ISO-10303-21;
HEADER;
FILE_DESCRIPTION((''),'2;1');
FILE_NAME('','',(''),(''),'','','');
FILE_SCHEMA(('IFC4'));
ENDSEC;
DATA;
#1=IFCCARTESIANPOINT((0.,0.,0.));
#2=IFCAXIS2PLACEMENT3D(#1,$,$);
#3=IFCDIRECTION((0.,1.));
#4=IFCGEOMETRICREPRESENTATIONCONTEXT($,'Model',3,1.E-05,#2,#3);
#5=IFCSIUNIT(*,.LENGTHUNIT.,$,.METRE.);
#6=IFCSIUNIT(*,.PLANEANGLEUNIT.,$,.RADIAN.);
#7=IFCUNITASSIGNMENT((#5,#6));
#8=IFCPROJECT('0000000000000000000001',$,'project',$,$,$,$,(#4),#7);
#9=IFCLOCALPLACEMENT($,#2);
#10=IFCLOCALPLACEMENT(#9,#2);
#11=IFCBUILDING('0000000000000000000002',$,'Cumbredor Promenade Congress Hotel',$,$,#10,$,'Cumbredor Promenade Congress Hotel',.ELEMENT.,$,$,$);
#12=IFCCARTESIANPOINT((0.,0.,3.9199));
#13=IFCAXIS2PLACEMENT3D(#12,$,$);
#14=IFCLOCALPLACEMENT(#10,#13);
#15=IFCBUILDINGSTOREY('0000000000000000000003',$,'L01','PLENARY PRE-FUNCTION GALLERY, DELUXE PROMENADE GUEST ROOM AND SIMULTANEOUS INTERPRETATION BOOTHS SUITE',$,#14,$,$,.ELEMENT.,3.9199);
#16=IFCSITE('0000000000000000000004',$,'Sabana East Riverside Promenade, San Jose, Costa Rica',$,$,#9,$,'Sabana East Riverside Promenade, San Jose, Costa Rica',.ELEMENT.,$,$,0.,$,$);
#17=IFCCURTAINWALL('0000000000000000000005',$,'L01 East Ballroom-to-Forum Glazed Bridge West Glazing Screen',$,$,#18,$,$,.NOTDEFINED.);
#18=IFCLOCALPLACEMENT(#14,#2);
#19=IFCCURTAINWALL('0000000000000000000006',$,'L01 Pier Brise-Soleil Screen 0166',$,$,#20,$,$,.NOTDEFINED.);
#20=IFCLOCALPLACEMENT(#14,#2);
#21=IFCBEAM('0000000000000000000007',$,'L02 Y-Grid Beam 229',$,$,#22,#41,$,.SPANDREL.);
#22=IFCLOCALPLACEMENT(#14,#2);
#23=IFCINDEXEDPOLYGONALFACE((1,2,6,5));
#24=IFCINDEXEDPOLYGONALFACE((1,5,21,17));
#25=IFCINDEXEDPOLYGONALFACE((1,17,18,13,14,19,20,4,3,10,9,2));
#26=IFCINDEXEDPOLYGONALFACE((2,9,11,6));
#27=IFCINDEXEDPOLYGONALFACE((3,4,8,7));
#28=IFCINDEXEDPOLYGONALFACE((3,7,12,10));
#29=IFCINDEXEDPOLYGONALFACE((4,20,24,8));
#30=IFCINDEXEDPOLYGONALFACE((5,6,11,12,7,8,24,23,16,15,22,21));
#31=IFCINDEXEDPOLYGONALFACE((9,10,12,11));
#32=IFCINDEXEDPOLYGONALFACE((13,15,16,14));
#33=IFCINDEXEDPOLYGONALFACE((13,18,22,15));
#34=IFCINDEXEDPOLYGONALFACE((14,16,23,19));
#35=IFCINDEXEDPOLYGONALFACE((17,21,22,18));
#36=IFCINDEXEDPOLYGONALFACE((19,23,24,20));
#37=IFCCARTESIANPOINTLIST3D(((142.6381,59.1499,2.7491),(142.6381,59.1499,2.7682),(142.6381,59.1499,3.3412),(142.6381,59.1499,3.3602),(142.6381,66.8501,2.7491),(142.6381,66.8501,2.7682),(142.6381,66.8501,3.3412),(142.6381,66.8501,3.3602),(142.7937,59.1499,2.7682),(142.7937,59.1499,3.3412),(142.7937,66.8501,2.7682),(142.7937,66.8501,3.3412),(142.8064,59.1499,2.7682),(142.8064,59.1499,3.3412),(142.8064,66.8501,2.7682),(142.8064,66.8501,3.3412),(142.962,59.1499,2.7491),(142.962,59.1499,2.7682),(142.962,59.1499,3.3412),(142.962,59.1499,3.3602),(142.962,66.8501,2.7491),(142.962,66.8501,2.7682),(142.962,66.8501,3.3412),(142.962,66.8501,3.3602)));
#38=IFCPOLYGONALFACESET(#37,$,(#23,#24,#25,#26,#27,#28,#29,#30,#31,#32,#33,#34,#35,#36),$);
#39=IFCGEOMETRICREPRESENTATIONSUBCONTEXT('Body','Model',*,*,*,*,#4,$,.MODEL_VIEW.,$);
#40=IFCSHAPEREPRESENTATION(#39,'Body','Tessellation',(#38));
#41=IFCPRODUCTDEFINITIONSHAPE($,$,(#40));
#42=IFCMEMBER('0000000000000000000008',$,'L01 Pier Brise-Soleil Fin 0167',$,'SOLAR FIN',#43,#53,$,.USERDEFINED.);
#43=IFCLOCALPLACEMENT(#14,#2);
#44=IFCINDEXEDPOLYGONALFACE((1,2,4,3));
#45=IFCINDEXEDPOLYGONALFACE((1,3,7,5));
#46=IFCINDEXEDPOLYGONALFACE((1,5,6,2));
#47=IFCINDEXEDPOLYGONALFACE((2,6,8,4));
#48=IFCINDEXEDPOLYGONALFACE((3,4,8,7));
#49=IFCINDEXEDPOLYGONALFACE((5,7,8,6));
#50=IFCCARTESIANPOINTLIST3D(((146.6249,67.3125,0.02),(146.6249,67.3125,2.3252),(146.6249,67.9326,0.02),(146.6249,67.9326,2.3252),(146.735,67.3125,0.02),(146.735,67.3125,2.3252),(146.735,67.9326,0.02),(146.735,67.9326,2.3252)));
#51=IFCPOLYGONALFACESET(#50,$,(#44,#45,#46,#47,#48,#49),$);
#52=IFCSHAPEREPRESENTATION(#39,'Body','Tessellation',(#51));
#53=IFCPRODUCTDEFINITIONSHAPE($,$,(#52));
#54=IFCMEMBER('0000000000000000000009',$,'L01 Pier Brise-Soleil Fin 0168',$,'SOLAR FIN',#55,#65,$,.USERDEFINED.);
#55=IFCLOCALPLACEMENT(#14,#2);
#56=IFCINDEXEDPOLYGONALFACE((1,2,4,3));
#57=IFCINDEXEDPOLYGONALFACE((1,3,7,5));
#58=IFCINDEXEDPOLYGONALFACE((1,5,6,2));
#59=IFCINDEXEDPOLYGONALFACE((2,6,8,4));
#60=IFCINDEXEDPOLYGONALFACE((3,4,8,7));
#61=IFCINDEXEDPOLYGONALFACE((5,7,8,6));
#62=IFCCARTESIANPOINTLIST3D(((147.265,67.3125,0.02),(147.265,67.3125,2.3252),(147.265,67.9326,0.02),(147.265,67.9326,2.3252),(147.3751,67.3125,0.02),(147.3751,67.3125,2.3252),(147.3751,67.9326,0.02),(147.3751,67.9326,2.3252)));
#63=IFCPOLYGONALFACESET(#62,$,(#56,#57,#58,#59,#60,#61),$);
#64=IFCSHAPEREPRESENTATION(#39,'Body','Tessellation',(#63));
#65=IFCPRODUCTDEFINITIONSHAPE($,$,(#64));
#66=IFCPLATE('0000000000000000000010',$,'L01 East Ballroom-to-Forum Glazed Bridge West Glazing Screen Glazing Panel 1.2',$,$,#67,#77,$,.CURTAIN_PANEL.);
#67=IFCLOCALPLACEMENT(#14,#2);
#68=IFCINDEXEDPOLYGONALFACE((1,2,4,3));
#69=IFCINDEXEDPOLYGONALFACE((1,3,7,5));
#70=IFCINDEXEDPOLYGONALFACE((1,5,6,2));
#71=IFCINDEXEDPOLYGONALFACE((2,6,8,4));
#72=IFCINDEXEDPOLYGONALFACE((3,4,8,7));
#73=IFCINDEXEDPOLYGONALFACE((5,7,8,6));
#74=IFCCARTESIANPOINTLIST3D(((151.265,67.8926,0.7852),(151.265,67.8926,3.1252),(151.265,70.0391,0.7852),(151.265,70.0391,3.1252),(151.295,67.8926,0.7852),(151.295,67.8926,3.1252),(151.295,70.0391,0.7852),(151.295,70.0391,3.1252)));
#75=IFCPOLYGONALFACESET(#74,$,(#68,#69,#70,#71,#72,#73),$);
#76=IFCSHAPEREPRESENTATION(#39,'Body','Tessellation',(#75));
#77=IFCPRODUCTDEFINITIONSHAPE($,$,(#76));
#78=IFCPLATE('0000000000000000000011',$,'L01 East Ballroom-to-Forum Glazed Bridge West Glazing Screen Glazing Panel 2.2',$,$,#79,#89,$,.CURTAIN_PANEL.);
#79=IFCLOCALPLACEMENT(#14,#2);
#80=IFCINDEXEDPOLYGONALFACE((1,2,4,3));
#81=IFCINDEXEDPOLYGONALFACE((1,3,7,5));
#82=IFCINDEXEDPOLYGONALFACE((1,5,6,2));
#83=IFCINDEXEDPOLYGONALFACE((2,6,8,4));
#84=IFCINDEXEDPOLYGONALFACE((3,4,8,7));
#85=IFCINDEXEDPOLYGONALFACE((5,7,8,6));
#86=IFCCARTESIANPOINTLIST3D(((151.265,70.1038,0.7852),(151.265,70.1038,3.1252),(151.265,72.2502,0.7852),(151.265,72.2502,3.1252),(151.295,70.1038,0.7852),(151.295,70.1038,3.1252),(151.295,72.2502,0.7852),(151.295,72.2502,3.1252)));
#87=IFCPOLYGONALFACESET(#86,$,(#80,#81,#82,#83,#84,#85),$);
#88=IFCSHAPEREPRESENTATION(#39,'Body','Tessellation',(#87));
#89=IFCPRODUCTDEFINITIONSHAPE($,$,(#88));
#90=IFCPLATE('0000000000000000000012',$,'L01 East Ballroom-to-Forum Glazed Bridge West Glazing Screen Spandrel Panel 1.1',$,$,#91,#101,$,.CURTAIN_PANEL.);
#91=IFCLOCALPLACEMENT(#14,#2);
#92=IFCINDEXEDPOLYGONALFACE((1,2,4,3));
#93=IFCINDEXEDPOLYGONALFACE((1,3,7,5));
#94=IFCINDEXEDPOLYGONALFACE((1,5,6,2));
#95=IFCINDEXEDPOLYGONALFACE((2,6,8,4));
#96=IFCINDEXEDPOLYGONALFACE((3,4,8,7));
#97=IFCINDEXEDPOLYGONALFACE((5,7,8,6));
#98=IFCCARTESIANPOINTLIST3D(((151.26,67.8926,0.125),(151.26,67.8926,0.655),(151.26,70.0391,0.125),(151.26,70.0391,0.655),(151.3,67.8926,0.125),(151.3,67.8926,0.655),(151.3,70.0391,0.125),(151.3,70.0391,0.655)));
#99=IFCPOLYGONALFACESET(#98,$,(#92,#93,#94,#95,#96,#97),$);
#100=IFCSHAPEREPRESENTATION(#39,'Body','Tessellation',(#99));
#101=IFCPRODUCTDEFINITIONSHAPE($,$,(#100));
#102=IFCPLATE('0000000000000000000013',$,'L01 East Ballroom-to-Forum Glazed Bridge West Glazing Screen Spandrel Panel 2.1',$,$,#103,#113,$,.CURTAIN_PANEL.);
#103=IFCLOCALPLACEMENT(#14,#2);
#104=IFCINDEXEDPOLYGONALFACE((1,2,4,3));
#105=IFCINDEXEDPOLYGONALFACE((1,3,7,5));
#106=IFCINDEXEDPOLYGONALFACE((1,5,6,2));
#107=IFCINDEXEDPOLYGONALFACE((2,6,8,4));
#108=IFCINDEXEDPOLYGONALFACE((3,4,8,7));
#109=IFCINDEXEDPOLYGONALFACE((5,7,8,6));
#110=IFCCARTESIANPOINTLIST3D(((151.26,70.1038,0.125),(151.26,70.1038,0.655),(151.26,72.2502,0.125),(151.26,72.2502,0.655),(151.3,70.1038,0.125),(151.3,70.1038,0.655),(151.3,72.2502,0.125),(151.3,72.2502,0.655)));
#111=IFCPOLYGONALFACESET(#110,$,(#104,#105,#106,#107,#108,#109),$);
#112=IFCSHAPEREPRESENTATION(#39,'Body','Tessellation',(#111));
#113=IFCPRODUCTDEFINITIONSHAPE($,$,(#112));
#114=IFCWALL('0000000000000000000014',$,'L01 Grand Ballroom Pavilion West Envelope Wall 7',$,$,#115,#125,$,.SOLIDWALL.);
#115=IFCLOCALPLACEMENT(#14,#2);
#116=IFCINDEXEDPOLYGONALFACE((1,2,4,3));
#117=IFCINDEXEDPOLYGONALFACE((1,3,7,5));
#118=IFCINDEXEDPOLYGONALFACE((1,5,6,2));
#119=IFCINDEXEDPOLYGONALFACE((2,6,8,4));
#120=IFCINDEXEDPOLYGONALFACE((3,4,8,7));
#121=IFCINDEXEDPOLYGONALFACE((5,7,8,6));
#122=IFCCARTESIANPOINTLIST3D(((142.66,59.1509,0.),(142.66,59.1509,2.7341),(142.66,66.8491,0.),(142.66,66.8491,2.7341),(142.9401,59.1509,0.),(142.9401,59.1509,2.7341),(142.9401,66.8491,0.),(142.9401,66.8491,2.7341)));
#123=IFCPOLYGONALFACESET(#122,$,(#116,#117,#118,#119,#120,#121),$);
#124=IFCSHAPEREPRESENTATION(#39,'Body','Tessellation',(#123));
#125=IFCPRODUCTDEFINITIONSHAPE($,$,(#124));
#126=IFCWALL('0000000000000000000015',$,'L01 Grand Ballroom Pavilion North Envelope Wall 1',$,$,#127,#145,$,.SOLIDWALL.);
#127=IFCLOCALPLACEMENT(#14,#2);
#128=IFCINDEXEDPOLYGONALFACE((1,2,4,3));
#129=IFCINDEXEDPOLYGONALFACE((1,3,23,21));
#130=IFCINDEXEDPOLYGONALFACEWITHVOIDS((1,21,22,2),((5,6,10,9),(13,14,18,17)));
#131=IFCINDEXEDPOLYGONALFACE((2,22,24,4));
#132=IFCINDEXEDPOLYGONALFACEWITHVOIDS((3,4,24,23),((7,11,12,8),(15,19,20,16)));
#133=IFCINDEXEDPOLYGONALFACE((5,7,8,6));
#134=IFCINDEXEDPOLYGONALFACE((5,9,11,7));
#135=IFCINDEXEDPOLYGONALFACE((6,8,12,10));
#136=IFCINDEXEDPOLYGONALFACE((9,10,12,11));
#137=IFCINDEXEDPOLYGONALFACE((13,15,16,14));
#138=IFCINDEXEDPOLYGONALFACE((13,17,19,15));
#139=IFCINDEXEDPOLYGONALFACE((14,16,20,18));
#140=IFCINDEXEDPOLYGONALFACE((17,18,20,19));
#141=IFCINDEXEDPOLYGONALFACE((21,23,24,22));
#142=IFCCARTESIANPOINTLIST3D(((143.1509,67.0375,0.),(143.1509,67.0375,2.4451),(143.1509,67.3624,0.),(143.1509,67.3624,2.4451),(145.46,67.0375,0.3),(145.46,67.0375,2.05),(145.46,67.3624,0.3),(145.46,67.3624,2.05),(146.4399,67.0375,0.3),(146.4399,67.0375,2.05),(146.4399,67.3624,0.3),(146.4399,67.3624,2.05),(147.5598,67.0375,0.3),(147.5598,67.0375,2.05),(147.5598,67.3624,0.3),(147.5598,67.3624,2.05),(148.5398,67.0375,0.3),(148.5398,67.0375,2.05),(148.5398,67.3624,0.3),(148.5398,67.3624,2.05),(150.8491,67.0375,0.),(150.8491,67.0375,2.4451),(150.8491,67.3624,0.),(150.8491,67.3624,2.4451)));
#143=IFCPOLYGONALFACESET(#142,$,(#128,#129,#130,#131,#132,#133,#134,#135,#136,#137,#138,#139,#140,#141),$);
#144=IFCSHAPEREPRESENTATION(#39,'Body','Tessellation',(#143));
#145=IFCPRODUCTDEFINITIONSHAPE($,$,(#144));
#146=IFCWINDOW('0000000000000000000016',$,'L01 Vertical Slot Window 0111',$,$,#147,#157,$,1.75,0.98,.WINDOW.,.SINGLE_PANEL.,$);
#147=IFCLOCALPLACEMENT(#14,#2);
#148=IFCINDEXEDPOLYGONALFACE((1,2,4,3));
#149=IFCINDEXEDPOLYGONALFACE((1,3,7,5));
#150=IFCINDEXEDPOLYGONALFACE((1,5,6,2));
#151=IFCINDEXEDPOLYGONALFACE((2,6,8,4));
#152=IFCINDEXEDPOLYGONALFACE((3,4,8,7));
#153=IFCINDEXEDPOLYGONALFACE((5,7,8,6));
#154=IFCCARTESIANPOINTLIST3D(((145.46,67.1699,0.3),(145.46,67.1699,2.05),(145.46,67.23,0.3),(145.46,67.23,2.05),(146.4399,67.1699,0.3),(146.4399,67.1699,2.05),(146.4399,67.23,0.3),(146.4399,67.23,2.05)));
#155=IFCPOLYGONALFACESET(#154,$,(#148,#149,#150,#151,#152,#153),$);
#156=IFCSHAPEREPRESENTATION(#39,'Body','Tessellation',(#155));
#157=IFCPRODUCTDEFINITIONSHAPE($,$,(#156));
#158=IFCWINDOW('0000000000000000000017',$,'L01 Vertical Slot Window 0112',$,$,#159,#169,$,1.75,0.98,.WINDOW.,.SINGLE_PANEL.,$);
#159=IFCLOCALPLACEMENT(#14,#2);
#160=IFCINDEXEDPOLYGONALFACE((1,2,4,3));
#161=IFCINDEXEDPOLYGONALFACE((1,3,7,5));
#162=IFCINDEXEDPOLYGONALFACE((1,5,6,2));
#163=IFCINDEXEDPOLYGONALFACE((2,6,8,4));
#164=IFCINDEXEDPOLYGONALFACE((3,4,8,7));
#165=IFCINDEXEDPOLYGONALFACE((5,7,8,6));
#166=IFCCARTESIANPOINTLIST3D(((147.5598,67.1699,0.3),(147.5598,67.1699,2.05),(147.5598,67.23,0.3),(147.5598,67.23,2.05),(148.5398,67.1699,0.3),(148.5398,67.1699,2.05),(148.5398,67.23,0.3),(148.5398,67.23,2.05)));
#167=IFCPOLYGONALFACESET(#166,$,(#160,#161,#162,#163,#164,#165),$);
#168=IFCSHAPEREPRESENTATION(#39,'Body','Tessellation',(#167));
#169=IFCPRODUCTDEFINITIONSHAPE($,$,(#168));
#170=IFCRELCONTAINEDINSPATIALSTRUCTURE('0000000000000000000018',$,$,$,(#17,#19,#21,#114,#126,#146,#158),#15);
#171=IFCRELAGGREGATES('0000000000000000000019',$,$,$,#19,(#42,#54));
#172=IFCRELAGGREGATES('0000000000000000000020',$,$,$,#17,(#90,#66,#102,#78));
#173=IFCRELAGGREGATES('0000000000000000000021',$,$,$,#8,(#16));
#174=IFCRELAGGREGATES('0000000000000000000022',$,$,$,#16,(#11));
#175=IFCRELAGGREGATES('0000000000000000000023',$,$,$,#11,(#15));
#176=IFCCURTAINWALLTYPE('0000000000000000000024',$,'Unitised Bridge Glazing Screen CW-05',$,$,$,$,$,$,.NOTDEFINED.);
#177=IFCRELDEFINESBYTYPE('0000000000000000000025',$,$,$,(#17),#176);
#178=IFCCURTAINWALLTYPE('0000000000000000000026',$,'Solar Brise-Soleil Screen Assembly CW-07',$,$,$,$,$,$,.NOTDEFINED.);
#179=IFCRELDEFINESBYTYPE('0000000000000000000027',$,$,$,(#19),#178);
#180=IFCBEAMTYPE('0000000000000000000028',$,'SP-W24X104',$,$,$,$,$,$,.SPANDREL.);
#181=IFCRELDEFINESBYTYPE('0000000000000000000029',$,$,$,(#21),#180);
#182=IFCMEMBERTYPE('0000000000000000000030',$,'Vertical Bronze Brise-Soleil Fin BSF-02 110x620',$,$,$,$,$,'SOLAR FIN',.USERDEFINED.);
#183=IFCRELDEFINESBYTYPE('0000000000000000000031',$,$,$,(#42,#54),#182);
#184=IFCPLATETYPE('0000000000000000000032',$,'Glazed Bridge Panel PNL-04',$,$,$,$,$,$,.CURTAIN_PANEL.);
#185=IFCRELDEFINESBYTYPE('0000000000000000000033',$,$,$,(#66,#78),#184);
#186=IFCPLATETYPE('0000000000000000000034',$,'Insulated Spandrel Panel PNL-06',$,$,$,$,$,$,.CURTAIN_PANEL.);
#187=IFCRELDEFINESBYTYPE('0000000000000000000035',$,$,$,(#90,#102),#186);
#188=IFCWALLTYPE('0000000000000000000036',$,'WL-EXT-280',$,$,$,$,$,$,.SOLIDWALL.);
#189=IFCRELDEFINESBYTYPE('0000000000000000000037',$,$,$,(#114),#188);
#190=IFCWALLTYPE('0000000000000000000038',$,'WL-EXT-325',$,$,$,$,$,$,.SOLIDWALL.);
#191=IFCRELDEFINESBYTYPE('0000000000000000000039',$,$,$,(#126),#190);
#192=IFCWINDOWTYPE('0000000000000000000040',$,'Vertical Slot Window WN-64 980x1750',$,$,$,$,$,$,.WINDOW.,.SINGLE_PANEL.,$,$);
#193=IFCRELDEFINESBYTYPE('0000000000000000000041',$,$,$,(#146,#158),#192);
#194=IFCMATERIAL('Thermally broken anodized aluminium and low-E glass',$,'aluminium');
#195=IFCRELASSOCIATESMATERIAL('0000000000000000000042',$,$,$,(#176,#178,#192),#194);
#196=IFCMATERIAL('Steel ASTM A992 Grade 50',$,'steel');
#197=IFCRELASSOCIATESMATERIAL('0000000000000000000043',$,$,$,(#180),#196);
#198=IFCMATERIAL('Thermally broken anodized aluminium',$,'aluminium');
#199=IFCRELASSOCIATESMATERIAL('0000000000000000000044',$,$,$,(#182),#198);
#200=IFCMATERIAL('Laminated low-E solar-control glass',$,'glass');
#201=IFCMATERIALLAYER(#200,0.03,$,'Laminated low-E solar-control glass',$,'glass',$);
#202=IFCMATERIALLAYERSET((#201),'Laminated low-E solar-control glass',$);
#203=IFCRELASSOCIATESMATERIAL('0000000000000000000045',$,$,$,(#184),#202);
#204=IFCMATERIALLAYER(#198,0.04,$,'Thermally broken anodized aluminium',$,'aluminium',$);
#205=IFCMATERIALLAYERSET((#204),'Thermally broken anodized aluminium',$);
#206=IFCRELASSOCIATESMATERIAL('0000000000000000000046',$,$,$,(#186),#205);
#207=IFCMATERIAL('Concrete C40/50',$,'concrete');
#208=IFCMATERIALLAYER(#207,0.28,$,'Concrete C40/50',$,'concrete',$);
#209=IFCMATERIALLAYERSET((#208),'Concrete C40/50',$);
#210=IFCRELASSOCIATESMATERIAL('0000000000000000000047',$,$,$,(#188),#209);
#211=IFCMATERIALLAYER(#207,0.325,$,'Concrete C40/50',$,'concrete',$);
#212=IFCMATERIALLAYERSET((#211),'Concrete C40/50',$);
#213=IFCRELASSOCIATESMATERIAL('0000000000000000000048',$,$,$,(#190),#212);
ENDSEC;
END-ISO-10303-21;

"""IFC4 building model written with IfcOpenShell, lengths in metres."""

from ifc_helpers import new_model, si_unit, direction, frame, frame_2d, origin, origin_2d, place, context, subcontext, project, spatial, rectangle, i_section, extrude, material, layer, layer_set, material_profile, profile_set, type_object, element, fill, aggregate, save


model = new_model("IFC4")

# Units and contexts
model_context = context("Model", 3, precision=1e-05, world=origin(), true_north=direction((0.0, 1.0)))
body_context = subcontext(model_context, "Body", "Model", "MODEL_VIEW")
ifc_project = project(units=[si_unit("LENGTHUNIT", "METRE"), si_unit("PLANEANGLEUNIT", "RADIAN")], contexts=[model_context])

# Site, building, storey
site_placement = place(None, origin())
site = spatial("IfcSite", under=ifc_project, at=site_placement, Name="Sabana East Riverside Promenade, San Jose, Costa Rica", LongName="Sabana East Riverside Promenade, San Jose, Costa Rica", CompositionType="ELEMENT", RefElevation=0.0)
building_placement = place(site_placement, origin())
building = spatial("IfcBuilding", under=site, at=building_placement, Name="Cumbredor Promenade Congress Hotel", LongName="Cumbredor Promenade Congress Hotel", CompositionType="ELEMENT")
storey_placement = place(building_placement, frame((0.0, 0.0, 3.9199)))
storey = spatial("IfcBuildingStorey", under=building, at=storey_placement, Name="L01", Description="PLENARY PRE-FUNCTION GALLERY, DELUXE PROMENADE GUEST ROOM AND SIMULTANEOUS INTERPRETATION BOOTHS SUITE", CompositionType="ELEMENT", Elevation=3.9199)

# Shared definitions
ifc_material_1 = material(Name="Concrete C40/50", Category="concrete")

# Curtain wall
ifc_material_2 = material(Name="Thermally broken anodized aluminium and low-E glass", Category="aluminium")
curtain_wall_type_1 = type_object("IfcCurtainWallType", Name="Unitised Bridge Glazing Screen CW-05", PredefinedType="NOTDEFINED", material=ifc_material_2)
curtain_wall_1_placement = place(storey_placement, origin())
curtain_wall_1 = element("IfcCurtainWall", 1, at=curtain_wall_1_placement, inside=storey, type_object=curtain_wall_type_1, Name="L01 East Ballroom-to-Forum Glazed Bridge West Glazing Screen", PredefinedType="NOTDEFINED")
ifc_material_3 = material(Name="Thermally broken anodized aluminium", Category="aluminium")

# Curtain wall
curtain_wall_type_2 = type_object("IfcCurtainWallType", Name="Solar Brise-Soleil Screen Assembly CW-07", PredefinedType="NOTDEFINED", material=ifc_material_2)
curtain_wall_2_placement = place(storey_placement, origin())
curtain_wall_2 = element("IfcCurtainWall", 2, at=curtain_wall_2_placement, inside=storey, type_object=curtain_wall_type_2, Name="L01 Pier Brise-Soleil Screen 0166", PredefinedType="NOTDEFINED")

# Beam
ifc_material_4 = material(Name="Steel ASTM A992 Grade 50", Category="steel")
ifc_material_profile_1 = material_profile(ifc_material_4, i_section(OverallWidth=0.324, OverallDepth=0.6111, WebThickness=0.0127, FlangeThickness=0.019, at=origin_2d()), Name="W24X104")
ifc_profile_set_1 = profile_set([ifc_material_profile_1], Name="Steel ASTM A992 Grade 50")
beam_type_1 = type_object("IfcBeamType", Name="SP-W24X104", PredefinedType="SPANDREL", material=ifc_profile_set_1)
beam_1_placement = place(storey_placement, frame((142.8, 59.1499, 3.0547), z_axis=(0.0, 1.0, 0.0), x_axis=(-1.0, 0.0, 0.0)))
element("IfcBeam", 3, at=beam_1_placement, inside=storey, type_object=beam_type_1, Name="L02 Y-Grid Beam 229", PredefinedType="SPANDREL", context=body_context, shape_type="SweptSolid", body=[
    extrude(i_section(OverallWidth=0.324, OverallDepth=0.6111, WebThickness=0.0127, FlangeThickness=0.019, at=origin_2d()), origin(), (0.0, 0.0, 1.0), 7.7002),
])

# Members
ifc_material_profile_2 = material_profile(ifc_material_3, rectangle(XDim=0.1101, YDim=0.6201, at=origin_2d()), Name="ARCH FIN 110x620")
ifc_profile_set_2 = profile_set([ifc_material_profile_2], Name="Thermally broken anodized aluminium")
member_type_1 = type_object("IfcMemberType", Name="Vertical Bronze Brise-Soleil Fin BSF-02 110x620", ElementType="SOLAR FIN", PredefinedType="USERDEFINED", material=ifc_profile_set_2)
member_1_placement = place(storey_placement, frame((146.6799, 67.6226, 0.02), z_axis=(0.0, 0.0, 1.0), x_axis=(1.0, 0.0, 0.0)))
member_1 = element("IfcMember", 4, at=member_1_placement, type_object=member_type_1, Name="L01 Pier Brise-Soleil Fin 0167", ObjectType="SOLAR FIN", PredefinedType="USERDEFINED", context=body_context, shape_type="SweptSolid", body=[
    extrude(rectangle(XDim=0.1101, YDim=0.6201, at=origin_2d()), origin(), (0.0, 0.0, 1.0), 2.3052),
])
member_2_placement = place(storey_placement, frame((147.3201, 67.6226, 0.02), z_axis=(0.0, 0.0, 1.0), x_axis=(1.0, 0.0, 0.0)))
member_2 = element("IfcMember", 5, at=member_2_placement, type_object=member_type_1, Name="L01 Pier Brise-Soleil Fin 0168", ObjectType="SOLAR FIN", PredefinedType="USERDEFINED", context=body_context, shape_type="SweptSolid", body=[
    extrude(rectangle(XDim=0.1101, YDim=0.6201, at=origin_2d()), origin(), (0.0, 0.0, 1.0), 2.3052),
])
aggregate(curtain_wall_2, [member_1, member_2])

# Plates
ifc_material_5 = material(Name="Laminated low-E solar-control glass", Category="glass")
ifc_layer_1 = layer(ifc_material_5, 0.03, Name="Laminated low-E solar-control glass", Category="glass")
ifc_layer_set_1 = layer_set([ifc_layer_1], Name="Laminated low-E solar-control glass")
plate_type_1 = type_object("IfcPlateType", Name="Glazed Bridge Panel PNL-04", PredefinedType="CURTAIN_PANEL", material=ifc_layer_set_1)
plate_1_placement = place(storey_placement, frame((151.28, 68.9658, 0.7852), z_axis=(0.0, 0.0, 1.0), x_axis=(0.0, 1.0, 0.0)))
plate_1 = element("IfcPlate", 6, at=plate_1_placement, type_object=plate_type_1, Name="L01 East Ballroom-to-Forum Glazed Bridge West Glazing Screen Glazing Panel 1.2", PredefinedType="CURTAIN_PANEL", context=body_context, shape_type="SweptSolid", body=[
    extrude(rectangle(XDim=2.1465, YDim=0.03, at=origin_2d()), origin(), (0.0, 0.0, 1.0), 2.3401),
])
plate_2_placement = place(storey_placement, frame((151.28, 71.177, 0.7852), z_axis=(0.0, 0.0, 1.0), x_axis=(0.0, 1.0, 0.0)))
plate_2 = element("IfcPlate", 7, at=plate_2_placement, type_object=plate_type_1, Name="L01 East Ballroom-to-Forum Glazed Bridge West Glazing Screen Glazing Panel 2.2", PredefinedType="CURTAIN_PANEL", context=body_context, shape_type="SweptSolid", body=[
    extrude(rectangle(XDim=2.1465, YDim=0.03, at=origin_2d()), origin(), (0.0, 0.0, 1.0), 2.3401),
])
ifc_layer_2 = layer(ifc_material_3, 0.04, Name="Thermally broken anodized aluminium", Category="aluminium")
ifc_layer_set_2 = layer_set([ifc_layer_2], Name="Thermally broken anodized aluminium")
plate_type_2 = type_object("IfcPlateType", Name="Insulated Spandrel Panel PNL-06", PredefinedType="CURTAIN_PANEL", material=ifc_layer_set_2)
plate_3_placement = place(storey_placement, frame((151.28, 68.9658, 0.125), z_axis=(0.0, 0.0, 1.0), x_axis=(0.0, 1.0, 0.0)))
plate_3 = element("IfcPlate", 8, at=plate_3_placement, type_object=plate_type_2, Name="L01 East Ballroom-to-Forum Glazed Bridge West Glazing Screen Spandrel Panel 1.1", PredefinedType="CURTAIN_PANEL", context=body_context, shape_type="SweptSolid", body=[
    extrude(rectangle(XDim=2.1465, YDim=0.04, at=origin_2d()), origin(), (0.0, 0.0, 1.0), 0.53),
])
plate_4_placement = place(storey_placement, frame((151.28, 71.177, 0.125), z_axis=(0.0, 0.0, 1.0), x_axis=(0.0, 1.0, 0.0)))
plate_4 = element("IfcPlate", 9, at=plate_4_placement, type_object=plate_type_2, Name="L01 East Ballroom-to-Forum Glazed Bridge West Glazing Screen Spandrel Panel 2.1", PredefinedType="CURTAIN_PANEL", context=body_context, shape_type="SweptSolid", body=[
    extrude(rectangle(XDim=2.1465, YDim=0.04, at=origin_2d()), origin(), (0.0, 0.0, 1.0), 0.53),
])
aggregate(curtain_wall_1, [plate_3, plate_1, plate_4, plate_2])

# Wall
ifc_layer_3 = layer(ifc_material_1, 0.28, Name="Concrete C40/50", Category="concrete")
ifc_layer_set_3 = layer_set([ifc_layer_3], Name="Concrete C40/50")
wall_type_1 = type_object("IfcWallType", Name="WL-EXT-280", PredefinedType="SOLIDWALL", material=ifc_layer_set_3)
wall_1_placement = place(storey_placement, frame((142.8, 59.1509, 0.0), z_axis=(0.0, 0.0, 1.0), x_axis=(0.0, 1.0, 0.0)))
element("IfcWall", 10, at=wall_1_placement, inside=storey, type_object=wall_type_1, Name="L01 Grand Ballroom Pavilion West Envelope Wall 7", PredefinedType="SOLIDWALL", context=body_context, shape_type="SweptSolid", body=[
    extrude(rectangle(XDim=7.6982, YDim=0.28, at=frame_2d((3.8491, 0.0))), origin(), (0.0, 0.0, 1.0), 2.7341),
])

# Wall, openings, windows
ifc_layer_4 = layer(ifc_material_1, 0.325, Name="Concrete C40/50", Category="concrete")
ifc_layer_set_4 = layer_set([ifc_layer_4], Name="Concrete C40/50")
wall_type_2 = type_object("IfcWallType", Name="WL-EXT-325", PredefinedType="SOLIDWALL", material=ifc_layer_set_4)
wall_2_placement = place(storey_placement, frame((143.1509, 67.2, 0.0), z_axis=(0.0, 0.0, 1.0), x_axis=(1.0, 0.0, 0.0)))
wall_2 = element("IfcWall", 11, at=wall_2_placement, inside=storey, type_object=wall_type_2, Name="L01 Grand Ballroom Pavilion North Envelope Wall 1", PredefinedType="SOLIDWALL", context=body_context, shape_type="SweptSolid", body=[
    extrude(rectangle(XDim=7.6982, YDim=0.325, at=frame_2d((3.8491, 0.0))), origin(), (0.0, 0.0, 1.0), 2.4451),
])
opening_1_placement = place(wall_2_placement, frame((2.3091, 0.0, 0.3)))
opening_1 = element("IfcOpeningElement", 12, at=opening_1_placement, cuts=wall_2, PredefinedType="OPENING", context=body_context, shape_type="SweptSolid", body=[
    extrude(rectangle(XDim=0.98, YDim=1.75, at=frame_2d((0.49, 0.875))), frame((0.0, 0.1724, 0.0), z_axis=(0.0, -1.0, 0.0), x_axis=(1.0, 0.0, 0.0)), (0.0, 0.0, 1.0), 0.345),
])
opening_2_placement = place(wall_2_placement, frame((4.4089, 0.0, 0.3)))
opening_2 = element("IfcOpeningElement", 13, at=opening_2_placement, cuts=wall_2, PredefinedType="OPENING", context=body_context, shape_type="SweptSolid", body=[
    extrude(rectangle(XDim=0.98, YDim=1.75, at=frame_2d((0.49, 0.875))), frame((0.0, 0.1724, 0.0), z_axis=(0.0, -1.0, 0.0), x_axis=(1.0, 0.0, 0.0)), (0.0, 0.0, 1.0), 0.345),
])
window_type = type_object("IfcWindowType", Name="Vertical Slot Window WN-64 980x1750", PartitioningType="SINGLE_PANEL", PredefinedType="WINDOW", material=ifc_material_2)
window_1_placement = place(opening_1_placement, origin())
window_1 = element("IfcWindow", 14, at=window_1_placement, inside=storey, type_object=window_type, Name="L01 Vertical Slot Window 0111", OverallHeight=1.75, OverallWidth=0.98, PartitioningType="SINGLE_PANEL", PredefinedType="WINDOW", context=body_context, shape_type="SweptSolid", body=[
    extrude(rectangle(XDim=0.98, YDim=1.75, at=frame_2d((0.49, 0.875))), frame((0.0, 0.03, 0.0), z_axis=(0.0, -1.0, 0.0), x_axis=(1.0, 0.0, 0.0)), (0.0, 0.0, 1.0), 0.0601),
])
fill(opening_1, window_1)
window_2_placement = place(opening_2_placement, origin())
window_2 = element("IfcWindow", 15, at=window_2_placement, inside=storey, type_object=window_type, Name="L01 Vertical Slot Window 0112", OverallHeight=1.75, OverallWidth=0.98, PartitioningType="SINGLE_PANEL", PredefinedType="WINDOW", context=body_context, shape_type="SweptSolid", body=[
    extrude(rectangle(XDim=0.98, YDim=1.75, at=frame_2d((0.49, 0.875))), frame((0.0, 0.03, 0.0), z_axis=(0.0, -1.0, 0.0), x_axis=(1.0, 0.0, 0.0)), (0.0, 0.0, 1.0), 0.0601),
])
fill(opening_2, window_2)

save(model, "model.ifc")
